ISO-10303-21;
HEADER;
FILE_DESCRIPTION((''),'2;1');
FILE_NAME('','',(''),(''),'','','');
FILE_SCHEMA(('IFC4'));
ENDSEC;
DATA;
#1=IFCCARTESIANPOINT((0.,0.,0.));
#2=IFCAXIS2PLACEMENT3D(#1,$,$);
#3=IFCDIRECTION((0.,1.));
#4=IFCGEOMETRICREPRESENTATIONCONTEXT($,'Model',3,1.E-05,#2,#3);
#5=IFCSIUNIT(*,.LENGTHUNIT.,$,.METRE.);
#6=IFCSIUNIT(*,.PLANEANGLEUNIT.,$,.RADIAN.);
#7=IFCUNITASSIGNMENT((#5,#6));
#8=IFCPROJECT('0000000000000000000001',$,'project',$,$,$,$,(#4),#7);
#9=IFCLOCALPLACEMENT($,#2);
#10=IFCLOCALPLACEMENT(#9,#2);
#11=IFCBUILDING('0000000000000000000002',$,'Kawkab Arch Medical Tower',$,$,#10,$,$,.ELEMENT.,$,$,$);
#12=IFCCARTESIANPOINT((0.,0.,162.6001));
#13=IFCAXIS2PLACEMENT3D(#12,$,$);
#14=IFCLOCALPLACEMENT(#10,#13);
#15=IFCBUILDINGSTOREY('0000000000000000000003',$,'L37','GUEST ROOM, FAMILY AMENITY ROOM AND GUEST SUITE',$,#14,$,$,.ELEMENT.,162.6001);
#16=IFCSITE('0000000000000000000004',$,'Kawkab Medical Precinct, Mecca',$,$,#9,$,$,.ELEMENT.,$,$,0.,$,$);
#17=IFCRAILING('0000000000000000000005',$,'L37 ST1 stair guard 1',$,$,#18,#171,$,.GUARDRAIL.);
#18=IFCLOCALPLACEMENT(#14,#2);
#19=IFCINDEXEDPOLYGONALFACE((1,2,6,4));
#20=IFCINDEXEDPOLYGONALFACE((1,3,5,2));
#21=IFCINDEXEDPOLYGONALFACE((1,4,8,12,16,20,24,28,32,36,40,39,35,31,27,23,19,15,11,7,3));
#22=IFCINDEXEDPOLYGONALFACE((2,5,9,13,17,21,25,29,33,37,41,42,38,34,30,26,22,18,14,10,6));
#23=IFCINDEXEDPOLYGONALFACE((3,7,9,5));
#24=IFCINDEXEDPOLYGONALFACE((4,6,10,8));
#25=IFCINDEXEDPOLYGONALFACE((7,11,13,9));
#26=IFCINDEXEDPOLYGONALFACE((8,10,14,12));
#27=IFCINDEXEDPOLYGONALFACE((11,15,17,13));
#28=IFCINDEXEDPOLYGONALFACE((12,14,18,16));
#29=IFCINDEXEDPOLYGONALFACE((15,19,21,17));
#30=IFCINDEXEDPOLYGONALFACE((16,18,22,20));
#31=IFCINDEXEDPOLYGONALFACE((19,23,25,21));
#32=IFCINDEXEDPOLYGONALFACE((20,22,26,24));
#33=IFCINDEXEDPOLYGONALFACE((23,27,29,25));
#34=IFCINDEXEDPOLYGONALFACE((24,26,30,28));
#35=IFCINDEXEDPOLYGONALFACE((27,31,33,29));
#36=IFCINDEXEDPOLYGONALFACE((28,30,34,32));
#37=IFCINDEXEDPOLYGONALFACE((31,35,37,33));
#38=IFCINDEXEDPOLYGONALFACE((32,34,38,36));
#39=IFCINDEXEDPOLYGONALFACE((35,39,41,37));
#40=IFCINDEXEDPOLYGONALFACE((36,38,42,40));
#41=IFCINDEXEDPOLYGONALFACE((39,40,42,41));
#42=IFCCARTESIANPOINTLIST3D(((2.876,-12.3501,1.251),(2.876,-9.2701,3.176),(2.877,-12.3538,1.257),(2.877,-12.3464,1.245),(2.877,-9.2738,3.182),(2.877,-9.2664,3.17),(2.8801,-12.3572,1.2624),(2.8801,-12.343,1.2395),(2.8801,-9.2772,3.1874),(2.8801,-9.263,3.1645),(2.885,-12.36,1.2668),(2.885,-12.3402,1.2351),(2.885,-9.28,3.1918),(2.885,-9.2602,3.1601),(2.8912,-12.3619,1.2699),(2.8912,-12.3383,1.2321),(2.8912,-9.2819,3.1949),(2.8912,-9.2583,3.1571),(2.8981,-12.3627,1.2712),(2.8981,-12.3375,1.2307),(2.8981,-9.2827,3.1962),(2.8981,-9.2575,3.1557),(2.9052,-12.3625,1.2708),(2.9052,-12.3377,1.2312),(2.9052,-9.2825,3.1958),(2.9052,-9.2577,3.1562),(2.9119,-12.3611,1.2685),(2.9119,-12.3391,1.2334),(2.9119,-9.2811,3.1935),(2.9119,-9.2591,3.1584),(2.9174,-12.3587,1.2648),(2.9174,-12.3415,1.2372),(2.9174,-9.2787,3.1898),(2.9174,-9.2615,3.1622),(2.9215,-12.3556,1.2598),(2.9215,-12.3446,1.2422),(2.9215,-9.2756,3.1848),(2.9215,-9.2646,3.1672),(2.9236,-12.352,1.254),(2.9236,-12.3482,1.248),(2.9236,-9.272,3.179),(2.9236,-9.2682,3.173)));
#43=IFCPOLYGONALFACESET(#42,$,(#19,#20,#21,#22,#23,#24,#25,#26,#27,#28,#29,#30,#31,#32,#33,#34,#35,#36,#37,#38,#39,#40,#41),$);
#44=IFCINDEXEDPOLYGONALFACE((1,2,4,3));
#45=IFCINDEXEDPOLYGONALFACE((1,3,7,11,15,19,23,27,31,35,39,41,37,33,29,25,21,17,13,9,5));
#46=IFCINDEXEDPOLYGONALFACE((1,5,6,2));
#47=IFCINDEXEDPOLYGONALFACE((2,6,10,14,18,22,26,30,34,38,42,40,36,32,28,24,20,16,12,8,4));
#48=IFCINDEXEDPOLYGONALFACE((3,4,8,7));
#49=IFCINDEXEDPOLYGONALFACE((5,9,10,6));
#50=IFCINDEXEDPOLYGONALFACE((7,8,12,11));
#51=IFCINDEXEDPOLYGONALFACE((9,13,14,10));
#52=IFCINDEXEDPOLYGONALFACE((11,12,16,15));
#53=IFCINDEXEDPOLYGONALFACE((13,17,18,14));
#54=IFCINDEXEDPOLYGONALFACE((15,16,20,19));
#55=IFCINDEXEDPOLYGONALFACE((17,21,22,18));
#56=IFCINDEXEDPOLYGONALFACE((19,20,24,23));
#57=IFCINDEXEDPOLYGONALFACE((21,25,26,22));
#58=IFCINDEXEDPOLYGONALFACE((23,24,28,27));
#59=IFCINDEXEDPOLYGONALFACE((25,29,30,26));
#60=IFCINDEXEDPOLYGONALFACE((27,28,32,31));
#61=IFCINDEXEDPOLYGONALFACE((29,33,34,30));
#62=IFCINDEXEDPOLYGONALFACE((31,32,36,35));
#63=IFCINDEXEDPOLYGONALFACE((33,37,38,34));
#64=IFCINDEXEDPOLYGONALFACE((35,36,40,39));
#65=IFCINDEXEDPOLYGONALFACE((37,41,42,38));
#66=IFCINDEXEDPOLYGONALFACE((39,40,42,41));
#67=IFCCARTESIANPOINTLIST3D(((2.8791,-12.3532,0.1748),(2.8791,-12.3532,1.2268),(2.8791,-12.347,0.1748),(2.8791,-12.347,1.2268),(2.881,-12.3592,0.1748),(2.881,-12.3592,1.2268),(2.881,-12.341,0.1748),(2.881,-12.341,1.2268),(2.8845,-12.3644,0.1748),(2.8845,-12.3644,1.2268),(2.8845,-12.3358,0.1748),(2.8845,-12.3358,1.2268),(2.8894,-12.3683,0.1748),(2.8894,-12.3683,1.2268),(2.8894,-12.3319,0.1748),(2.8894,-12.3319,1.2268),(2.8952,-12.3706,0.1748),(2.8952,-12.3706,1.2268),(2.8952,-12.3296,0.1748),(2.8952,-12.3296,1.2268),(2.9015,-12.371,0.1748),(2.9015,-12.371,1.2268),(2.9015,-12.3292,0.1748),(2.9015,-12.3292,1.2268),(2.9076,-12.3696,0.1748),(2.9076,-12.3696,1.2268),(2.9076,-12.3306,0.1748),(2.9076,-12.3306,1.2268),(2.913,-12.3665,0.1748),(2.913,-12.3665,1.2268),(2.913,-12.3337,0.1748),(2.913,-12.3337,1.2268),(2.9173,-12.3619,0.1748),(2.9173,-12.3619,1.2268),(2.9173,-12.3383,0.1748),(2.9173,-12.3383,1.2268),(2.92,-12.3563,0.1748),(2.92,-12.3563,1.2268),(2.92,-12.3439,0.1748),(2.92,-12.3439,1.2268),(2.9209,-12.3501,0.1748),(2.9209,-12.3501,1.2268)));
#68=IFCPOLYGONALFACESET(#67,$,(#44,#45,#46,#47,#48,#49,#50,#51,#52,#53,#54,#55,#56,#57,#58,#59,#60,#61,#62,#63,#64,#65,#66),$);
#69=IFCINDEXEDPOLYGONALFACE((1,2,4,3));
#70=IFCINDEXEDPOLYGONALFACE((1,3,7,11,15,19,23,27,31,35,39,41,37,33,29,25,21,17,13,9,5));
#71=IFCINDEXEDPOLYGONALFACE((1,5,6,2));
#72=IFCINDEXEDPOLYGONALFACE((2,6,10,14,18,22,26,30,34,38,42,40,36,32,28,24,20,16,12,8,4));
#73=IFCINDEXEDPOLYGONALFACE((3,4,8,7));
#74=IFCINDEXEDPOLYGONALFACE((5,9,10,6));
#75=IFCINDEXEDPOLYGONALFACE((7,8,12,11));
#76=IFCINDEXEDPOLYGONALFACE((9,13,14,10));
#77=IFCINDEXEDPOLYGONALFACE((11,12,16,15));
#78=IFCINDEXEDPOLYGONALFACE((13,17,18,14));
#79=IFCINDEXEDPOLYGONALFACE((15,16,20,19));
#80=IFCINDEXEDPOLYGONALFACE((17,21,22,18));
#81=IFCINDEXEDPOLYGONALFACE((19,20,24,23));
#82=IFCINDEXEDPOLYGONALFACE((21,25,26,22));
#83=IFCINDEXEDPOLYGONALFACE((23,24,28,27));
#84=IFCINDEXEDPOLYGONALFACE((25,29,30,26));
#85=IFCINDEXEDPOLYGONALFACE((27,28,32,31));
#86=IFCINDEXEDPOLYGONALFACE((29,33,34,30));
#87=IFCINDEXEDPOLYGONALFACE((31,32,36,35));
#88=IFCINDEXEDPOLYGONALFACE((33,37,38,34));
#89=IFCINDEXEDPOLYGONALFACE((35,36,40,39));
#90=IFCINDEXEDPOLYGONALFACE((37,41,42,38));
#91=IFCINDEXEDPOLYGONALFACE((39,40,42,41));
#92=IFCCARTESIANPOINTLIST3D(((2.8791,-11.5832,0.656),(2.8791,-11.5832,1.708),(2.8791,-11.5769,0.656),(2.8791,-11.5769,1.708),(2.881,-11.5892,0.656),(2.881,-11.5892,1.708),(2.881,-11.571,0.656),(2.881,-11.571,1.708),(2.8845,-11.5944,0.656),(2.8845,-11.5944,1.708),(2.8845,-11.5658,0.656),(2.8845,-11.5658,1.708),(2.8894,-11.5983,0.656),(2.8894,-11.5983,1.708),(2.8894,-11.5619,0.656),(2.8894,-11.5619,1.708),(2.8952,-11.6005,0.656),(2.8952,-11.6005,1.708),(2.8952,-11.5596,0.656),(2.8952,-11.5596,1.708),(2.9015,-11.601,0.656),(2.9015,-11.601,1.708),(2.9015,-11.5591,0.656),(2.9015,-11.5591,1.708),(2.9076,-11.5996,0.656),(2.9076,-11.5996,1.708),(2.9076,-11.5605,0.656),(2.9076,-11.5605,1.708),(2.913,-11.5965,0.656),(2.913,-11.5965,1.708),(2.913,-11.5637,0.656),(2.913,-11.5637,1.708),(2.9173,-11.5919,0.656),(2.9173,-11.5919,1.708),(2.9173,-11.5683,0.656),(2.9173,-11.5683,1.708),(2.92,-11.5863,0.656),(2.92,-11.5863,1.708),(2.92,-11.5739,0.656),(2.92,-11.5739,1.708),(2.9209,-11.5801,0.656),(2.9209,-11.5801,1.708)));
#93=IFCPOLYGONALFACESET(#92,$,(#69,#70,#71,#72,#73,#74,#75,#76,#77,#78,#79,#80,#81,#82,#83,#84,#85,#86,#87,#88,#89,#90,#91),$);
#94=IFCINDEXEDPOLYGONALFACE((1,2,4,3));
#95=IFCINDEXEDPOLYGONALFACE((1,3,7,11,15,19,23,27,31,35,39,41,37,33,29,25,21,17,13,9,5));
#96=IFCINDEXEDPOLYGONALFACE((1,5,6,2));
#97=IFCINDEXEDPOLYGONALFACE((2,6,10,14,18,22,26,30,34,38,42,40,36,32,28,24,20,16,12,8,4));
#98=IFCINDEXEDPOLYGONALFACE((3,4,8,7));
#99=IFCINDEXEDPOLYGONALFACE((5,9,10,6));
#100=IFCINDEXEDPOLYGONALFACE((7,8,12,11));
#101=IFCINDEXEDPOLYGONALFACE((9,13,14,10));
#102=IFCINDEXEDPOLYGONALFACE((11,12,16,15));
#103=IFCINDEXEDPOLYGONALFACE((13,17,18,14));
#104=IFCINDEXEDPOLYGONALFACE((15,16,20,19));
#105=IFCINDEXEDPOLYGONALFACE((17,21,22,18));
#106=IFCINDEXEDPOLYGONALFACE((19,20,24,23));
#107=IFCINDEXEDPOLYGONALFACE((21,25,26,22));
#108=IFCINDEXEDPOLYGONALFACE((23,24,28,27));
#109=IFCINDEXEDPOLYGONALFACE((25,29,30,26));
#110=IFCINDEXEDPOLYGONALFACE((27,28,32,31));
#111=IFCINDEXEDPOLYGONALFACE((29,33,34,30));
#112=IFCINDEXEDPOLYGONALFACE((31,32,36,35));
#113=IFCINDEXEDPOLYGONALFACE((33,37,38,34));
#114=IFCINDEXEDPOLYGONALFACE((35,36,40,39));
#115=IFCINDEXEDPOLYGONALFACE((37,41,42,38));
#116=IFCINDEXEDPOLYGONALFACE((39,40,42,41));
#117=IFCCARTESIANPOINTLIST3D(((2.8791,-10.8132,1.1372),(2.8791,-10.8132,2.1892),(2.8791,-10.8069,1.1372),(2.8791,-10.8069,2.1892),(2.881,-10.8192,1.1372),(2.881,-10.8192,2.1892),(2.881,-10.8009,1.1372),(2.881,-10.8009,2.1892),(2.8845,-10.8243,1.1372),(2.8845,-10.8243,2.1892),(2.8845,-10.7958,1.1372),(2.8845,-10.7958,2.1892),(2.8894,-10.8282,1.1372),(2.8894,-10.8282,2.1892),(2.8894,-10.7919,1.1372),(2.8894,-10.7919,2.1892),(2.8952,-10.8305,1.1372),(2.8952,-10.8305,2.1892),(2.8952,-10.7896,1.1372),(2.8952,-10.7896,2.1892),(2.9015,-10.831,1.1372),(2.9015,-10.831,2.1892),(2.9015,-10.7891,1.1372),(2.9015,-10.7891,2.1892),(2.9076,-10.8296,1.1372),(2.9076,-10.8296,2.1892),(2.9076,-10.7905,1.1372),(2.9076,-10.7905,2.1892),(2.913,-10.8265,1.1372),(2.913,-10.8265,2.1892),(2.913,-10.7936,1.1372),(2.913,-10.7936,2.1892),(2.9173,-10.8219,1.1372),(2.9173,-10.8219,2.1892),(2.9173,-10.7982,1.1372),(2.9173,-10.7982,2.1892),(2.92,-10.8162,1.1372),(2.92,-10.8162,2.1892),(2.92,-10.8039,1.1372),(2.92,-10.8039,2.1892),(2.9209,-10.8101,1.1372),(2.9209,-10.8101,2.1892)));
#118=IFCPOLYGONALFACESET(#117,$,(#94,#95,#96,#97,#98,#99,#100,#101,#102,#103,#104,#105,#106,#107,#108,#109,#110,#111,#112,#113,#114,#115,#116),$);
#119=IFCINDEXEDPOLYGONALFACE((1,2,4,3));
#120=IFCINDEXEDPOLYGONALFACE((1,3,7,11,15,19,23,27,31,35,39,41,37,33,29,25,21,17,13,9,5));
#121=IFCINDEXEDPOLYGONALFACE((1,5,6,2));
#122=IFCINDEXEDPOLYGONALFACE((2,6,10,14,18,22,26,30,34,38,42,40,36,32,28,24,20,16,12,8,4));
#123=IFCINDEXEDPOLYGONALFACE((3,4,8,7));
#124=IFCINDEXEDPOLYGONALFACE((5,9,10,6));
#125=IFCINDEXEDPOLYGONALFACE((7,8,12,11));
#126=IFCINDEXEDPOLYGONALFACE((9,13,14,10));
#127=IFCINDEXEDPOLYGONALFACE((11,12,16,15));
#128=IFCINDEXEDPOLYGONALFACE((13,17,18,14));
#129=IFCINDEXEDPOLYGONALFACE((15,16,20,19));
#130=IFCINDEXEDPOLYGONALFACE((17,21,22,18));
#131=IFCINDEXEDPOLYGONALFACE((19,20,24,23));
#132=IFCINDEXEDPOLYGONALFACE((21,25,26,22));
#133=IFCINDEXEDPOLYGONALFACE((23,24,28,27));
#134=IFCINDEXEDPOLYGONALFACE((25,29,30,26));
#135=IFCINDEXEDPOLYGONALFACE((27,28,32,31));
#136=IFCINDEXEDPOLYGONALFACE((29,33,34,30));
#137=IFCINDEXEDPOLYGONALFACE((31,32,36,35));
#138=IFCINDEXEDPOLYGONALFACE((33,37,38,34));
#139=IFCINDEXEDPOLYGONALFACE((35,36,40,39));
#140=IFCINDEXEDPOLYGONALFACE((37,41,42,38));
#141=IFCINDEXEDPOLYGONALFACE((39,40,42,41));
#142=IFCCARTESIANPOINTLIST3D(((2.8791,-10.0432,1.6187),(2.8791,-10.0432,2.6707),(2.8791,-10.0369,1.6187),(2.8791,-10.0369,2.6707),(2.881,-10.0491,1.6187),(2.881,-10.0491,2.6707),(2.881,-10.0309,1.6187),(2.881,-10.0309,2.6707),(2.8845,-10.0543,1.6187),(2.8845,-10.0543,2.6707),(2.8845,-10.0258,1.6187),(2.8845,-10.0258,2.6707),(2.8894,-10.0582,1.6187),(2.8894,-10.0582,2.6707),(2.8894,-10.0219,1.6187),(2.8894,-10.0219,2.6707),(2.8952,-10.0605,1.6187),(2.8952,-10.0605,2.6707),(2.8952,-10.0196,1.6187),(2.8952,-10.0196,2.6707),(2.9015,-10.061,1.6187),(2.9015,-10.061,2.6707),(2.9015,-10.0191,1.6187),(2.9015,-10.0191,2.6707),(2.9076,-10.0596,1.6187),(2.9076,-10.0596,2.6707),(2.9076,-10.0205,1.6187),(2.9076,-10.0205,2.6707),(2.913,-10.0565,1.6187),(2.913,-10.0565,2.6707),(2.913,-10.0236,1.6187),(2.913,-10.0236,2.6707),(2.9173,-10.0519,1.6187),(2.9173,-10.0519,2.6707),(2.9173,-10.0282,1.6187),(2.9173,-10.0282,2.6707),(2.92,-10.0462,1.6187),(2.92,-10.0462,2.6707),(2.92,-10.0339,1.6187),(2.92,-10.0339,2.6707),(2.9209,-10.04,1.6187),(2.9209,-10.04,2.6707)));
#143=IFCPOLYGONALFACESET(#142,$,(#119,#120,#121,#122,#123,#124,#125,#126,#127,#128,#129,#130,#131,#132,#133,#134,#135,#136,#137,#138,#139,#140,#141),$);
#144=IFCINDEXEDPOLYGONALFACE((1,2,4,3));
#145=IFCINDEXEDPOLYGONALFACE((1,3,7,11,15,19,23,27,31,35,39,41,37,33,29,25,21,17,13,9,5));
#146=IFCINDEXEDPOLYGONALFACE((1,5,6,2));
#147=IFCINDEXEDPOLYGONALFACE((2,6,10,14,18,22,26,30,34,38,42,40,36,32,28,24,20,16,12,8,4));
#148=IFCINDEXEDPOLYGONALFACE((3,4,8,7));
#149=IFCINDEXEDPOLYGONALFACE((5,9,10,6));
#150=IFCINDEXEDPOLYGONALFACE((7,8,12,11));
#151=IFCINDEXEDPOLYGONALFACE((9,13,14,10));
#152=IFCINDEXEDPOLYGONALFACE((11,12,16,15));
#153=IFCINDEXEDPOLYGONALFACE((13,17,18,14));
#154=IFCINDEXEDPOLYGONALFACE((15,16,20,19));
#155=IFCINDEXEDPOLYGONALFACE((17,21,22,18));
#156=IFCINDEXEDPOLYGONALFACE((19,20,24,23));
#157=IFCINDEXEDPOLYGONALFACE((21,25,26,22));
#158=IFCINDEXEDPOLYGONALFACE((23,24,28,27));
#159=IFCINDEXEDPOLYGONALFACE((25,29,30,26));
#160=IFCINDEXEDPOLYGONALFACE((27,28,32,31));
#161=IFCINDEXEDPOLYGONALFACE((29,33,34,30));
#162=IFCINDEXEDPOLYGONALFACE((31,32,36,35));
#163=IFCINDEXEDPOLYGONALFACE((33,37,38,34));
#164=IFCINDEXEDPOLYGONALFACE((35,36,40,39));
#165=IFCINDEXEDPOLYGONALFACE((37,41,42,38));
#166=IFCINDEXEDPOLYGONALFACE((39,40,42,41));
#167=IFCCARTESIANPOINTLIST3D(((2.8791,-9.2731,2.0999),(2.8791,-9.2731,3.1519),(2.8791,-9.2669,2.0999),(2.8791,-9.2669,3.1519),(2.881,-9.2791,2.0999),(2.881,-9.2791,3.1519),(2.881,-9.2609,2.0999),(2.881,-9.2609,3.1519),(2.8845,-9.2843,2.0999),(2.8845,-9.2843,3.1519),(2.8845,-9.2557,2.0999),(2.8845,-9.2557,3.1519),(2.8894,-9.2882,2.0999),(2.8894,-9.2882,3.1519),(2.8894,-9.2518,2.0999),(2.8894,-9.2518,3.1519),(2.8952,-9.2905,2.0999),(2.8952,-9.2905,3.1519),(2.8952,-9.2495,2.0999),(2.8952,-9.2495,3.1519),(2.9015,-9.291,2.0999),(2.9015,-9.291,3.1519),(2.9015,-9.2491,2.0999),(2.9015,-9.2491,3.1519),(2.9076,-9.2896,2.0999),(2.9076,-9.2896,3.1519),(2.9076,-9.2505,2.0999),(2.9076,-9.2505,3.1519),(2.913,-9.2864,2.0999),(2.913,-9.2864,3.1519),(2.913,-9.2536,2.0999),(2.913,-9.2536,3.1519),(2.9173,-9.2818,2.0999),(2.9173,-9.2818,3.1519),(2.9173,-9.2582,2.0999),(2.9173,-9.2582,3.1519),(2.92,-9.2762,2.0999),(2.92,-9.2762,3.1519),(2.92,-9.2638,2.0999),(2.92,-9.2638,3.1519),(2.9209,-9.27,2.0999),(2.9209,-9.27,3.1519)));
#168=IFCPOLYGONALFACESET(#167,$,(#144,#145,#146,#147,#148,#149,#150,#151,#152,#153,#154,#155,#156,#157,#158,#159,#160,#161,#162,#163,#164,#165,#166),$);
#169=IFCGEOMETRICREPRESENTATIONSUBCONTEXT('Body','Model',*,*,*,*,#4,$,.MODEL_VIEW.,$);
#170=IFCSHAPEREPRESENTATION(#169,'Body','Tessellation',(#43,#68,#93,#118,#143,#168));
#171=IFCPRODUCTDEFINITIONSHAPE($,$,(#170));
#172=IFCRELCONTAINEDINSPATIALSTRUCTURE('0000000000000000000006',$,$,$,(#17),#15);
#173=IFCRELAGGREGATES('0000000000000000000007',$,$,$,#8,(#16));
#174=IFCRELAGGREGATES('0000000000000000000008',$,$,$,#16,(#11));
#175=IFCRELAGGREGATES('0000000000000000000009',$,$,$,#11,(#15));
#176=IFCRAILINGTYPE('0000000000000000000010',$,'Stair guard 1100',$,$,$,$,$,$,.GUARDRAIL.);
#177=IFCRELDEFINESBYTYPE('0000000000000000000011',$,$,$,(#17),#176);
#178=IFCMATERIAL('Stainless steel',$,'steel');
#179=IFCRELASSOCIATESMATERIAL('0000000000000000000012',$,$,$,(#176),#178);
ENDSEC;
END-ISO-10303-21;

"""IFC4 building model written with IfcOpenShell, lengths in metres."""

from ifc_helpers import new_model, si_unit, direction, frame, origin, origin_2d, place, context, subcontext, project, spatial, circle, extrude, material, type_object, element, save


model = new_model("IFC4")

# Units and contexts
model_context = context("Model", 3, precision=1e-05, world=origin(), true_north=direction((0.0, 1.0)))
body_context = subcontext(model_context, "Body", "Model", "MODEL_VIEW")
ifc_project = project(units=[si_unit("LENGTHUNIT", "METRE"), si_unit("PLANEANGLEUNIT", "RADIAN")], contexts=[model_context])

# Site, building, storey
site_placement = place(None, origin())
site = spatial("IfcSite", under=ifc_project, at=site_placement, Name="Kawkab Medical Precinct, Mecca", CompositionType="ELEMENT", RefElevation=0.0)
building_placement = place(site_placement, origin())
building = spatial("IfcBuilding", under=site, at=building_placement, Name="Kawkab Arch Medical Tower", CompositionType="ELEMENT")
storey_placement = place(building_placement, frame((0.0, 0.0, 162.6001)))
storey = spatial("IfcBuildingStorey", under=building, at=storey_placement, Name="L37", Description="GUEST ROOM, FAMILY AMENITY ROOM AND GUEST SUITE", CompositionType="ELEMENT", Elevation=162.6001)

# Railing
ifc_material_1 = material(Name="Stainless steel", Category="steel")
railing_type_1 = type_object("IfcRailingType", Name="Stair guard 1100", PredefinedType="GUARDRAIL", material=ifc_material_1)
railing_1_placement = place(storey_placement, frame((2.8999, -12.3501, 0.1748)))
element("IfcRailing", 1, at=railing_1_placement, inside=storey, type_object=railing_type_1, Name="L37 ST1 stair guard 1", PredefinedType="GUARDRAIL", context=body_context, shape_type="SweptSolid", body=[
    extrude(circle(Radius=0.0239, at=origin_2d()), frame((0.0, 0.0, 1.0762), z_axis=(0.0, 0.847998, 0.529999), x_axis=(-1.0, 0.0, 0.0)), (0.0, 0.0, 1.0), 3.6321),
    extrude(circle(Radius=0.021, at=origin_2d()), origin(), (0.0, 0.0, 1.0), 1.052),
    extrude(circle(Radius=0.021, at=origin_2d()), frame((0.0, 0.77, 0.4812)), (0.0, 0.0, 1.0), 1.052),
    extrude(circle(Radius=0.021, at=origin_2d()), frame((0.0, 1.54, 0.9624)), (0.0, 0.0, 1.0), 1.052),
    extrude(circle(Radius=0.021, at=origin_2d()), frame((0.0, 2.3101, 1.4438)), (0.0, 0.0, 1.0), 1.052),
    extrude(circle(Radius=0.021, at=origin_2d()), frame((0.0, 3.0801, 1.925)), (0.0, 0.0, 1.0), 1.052),
])

save(model, "model.ifc")
